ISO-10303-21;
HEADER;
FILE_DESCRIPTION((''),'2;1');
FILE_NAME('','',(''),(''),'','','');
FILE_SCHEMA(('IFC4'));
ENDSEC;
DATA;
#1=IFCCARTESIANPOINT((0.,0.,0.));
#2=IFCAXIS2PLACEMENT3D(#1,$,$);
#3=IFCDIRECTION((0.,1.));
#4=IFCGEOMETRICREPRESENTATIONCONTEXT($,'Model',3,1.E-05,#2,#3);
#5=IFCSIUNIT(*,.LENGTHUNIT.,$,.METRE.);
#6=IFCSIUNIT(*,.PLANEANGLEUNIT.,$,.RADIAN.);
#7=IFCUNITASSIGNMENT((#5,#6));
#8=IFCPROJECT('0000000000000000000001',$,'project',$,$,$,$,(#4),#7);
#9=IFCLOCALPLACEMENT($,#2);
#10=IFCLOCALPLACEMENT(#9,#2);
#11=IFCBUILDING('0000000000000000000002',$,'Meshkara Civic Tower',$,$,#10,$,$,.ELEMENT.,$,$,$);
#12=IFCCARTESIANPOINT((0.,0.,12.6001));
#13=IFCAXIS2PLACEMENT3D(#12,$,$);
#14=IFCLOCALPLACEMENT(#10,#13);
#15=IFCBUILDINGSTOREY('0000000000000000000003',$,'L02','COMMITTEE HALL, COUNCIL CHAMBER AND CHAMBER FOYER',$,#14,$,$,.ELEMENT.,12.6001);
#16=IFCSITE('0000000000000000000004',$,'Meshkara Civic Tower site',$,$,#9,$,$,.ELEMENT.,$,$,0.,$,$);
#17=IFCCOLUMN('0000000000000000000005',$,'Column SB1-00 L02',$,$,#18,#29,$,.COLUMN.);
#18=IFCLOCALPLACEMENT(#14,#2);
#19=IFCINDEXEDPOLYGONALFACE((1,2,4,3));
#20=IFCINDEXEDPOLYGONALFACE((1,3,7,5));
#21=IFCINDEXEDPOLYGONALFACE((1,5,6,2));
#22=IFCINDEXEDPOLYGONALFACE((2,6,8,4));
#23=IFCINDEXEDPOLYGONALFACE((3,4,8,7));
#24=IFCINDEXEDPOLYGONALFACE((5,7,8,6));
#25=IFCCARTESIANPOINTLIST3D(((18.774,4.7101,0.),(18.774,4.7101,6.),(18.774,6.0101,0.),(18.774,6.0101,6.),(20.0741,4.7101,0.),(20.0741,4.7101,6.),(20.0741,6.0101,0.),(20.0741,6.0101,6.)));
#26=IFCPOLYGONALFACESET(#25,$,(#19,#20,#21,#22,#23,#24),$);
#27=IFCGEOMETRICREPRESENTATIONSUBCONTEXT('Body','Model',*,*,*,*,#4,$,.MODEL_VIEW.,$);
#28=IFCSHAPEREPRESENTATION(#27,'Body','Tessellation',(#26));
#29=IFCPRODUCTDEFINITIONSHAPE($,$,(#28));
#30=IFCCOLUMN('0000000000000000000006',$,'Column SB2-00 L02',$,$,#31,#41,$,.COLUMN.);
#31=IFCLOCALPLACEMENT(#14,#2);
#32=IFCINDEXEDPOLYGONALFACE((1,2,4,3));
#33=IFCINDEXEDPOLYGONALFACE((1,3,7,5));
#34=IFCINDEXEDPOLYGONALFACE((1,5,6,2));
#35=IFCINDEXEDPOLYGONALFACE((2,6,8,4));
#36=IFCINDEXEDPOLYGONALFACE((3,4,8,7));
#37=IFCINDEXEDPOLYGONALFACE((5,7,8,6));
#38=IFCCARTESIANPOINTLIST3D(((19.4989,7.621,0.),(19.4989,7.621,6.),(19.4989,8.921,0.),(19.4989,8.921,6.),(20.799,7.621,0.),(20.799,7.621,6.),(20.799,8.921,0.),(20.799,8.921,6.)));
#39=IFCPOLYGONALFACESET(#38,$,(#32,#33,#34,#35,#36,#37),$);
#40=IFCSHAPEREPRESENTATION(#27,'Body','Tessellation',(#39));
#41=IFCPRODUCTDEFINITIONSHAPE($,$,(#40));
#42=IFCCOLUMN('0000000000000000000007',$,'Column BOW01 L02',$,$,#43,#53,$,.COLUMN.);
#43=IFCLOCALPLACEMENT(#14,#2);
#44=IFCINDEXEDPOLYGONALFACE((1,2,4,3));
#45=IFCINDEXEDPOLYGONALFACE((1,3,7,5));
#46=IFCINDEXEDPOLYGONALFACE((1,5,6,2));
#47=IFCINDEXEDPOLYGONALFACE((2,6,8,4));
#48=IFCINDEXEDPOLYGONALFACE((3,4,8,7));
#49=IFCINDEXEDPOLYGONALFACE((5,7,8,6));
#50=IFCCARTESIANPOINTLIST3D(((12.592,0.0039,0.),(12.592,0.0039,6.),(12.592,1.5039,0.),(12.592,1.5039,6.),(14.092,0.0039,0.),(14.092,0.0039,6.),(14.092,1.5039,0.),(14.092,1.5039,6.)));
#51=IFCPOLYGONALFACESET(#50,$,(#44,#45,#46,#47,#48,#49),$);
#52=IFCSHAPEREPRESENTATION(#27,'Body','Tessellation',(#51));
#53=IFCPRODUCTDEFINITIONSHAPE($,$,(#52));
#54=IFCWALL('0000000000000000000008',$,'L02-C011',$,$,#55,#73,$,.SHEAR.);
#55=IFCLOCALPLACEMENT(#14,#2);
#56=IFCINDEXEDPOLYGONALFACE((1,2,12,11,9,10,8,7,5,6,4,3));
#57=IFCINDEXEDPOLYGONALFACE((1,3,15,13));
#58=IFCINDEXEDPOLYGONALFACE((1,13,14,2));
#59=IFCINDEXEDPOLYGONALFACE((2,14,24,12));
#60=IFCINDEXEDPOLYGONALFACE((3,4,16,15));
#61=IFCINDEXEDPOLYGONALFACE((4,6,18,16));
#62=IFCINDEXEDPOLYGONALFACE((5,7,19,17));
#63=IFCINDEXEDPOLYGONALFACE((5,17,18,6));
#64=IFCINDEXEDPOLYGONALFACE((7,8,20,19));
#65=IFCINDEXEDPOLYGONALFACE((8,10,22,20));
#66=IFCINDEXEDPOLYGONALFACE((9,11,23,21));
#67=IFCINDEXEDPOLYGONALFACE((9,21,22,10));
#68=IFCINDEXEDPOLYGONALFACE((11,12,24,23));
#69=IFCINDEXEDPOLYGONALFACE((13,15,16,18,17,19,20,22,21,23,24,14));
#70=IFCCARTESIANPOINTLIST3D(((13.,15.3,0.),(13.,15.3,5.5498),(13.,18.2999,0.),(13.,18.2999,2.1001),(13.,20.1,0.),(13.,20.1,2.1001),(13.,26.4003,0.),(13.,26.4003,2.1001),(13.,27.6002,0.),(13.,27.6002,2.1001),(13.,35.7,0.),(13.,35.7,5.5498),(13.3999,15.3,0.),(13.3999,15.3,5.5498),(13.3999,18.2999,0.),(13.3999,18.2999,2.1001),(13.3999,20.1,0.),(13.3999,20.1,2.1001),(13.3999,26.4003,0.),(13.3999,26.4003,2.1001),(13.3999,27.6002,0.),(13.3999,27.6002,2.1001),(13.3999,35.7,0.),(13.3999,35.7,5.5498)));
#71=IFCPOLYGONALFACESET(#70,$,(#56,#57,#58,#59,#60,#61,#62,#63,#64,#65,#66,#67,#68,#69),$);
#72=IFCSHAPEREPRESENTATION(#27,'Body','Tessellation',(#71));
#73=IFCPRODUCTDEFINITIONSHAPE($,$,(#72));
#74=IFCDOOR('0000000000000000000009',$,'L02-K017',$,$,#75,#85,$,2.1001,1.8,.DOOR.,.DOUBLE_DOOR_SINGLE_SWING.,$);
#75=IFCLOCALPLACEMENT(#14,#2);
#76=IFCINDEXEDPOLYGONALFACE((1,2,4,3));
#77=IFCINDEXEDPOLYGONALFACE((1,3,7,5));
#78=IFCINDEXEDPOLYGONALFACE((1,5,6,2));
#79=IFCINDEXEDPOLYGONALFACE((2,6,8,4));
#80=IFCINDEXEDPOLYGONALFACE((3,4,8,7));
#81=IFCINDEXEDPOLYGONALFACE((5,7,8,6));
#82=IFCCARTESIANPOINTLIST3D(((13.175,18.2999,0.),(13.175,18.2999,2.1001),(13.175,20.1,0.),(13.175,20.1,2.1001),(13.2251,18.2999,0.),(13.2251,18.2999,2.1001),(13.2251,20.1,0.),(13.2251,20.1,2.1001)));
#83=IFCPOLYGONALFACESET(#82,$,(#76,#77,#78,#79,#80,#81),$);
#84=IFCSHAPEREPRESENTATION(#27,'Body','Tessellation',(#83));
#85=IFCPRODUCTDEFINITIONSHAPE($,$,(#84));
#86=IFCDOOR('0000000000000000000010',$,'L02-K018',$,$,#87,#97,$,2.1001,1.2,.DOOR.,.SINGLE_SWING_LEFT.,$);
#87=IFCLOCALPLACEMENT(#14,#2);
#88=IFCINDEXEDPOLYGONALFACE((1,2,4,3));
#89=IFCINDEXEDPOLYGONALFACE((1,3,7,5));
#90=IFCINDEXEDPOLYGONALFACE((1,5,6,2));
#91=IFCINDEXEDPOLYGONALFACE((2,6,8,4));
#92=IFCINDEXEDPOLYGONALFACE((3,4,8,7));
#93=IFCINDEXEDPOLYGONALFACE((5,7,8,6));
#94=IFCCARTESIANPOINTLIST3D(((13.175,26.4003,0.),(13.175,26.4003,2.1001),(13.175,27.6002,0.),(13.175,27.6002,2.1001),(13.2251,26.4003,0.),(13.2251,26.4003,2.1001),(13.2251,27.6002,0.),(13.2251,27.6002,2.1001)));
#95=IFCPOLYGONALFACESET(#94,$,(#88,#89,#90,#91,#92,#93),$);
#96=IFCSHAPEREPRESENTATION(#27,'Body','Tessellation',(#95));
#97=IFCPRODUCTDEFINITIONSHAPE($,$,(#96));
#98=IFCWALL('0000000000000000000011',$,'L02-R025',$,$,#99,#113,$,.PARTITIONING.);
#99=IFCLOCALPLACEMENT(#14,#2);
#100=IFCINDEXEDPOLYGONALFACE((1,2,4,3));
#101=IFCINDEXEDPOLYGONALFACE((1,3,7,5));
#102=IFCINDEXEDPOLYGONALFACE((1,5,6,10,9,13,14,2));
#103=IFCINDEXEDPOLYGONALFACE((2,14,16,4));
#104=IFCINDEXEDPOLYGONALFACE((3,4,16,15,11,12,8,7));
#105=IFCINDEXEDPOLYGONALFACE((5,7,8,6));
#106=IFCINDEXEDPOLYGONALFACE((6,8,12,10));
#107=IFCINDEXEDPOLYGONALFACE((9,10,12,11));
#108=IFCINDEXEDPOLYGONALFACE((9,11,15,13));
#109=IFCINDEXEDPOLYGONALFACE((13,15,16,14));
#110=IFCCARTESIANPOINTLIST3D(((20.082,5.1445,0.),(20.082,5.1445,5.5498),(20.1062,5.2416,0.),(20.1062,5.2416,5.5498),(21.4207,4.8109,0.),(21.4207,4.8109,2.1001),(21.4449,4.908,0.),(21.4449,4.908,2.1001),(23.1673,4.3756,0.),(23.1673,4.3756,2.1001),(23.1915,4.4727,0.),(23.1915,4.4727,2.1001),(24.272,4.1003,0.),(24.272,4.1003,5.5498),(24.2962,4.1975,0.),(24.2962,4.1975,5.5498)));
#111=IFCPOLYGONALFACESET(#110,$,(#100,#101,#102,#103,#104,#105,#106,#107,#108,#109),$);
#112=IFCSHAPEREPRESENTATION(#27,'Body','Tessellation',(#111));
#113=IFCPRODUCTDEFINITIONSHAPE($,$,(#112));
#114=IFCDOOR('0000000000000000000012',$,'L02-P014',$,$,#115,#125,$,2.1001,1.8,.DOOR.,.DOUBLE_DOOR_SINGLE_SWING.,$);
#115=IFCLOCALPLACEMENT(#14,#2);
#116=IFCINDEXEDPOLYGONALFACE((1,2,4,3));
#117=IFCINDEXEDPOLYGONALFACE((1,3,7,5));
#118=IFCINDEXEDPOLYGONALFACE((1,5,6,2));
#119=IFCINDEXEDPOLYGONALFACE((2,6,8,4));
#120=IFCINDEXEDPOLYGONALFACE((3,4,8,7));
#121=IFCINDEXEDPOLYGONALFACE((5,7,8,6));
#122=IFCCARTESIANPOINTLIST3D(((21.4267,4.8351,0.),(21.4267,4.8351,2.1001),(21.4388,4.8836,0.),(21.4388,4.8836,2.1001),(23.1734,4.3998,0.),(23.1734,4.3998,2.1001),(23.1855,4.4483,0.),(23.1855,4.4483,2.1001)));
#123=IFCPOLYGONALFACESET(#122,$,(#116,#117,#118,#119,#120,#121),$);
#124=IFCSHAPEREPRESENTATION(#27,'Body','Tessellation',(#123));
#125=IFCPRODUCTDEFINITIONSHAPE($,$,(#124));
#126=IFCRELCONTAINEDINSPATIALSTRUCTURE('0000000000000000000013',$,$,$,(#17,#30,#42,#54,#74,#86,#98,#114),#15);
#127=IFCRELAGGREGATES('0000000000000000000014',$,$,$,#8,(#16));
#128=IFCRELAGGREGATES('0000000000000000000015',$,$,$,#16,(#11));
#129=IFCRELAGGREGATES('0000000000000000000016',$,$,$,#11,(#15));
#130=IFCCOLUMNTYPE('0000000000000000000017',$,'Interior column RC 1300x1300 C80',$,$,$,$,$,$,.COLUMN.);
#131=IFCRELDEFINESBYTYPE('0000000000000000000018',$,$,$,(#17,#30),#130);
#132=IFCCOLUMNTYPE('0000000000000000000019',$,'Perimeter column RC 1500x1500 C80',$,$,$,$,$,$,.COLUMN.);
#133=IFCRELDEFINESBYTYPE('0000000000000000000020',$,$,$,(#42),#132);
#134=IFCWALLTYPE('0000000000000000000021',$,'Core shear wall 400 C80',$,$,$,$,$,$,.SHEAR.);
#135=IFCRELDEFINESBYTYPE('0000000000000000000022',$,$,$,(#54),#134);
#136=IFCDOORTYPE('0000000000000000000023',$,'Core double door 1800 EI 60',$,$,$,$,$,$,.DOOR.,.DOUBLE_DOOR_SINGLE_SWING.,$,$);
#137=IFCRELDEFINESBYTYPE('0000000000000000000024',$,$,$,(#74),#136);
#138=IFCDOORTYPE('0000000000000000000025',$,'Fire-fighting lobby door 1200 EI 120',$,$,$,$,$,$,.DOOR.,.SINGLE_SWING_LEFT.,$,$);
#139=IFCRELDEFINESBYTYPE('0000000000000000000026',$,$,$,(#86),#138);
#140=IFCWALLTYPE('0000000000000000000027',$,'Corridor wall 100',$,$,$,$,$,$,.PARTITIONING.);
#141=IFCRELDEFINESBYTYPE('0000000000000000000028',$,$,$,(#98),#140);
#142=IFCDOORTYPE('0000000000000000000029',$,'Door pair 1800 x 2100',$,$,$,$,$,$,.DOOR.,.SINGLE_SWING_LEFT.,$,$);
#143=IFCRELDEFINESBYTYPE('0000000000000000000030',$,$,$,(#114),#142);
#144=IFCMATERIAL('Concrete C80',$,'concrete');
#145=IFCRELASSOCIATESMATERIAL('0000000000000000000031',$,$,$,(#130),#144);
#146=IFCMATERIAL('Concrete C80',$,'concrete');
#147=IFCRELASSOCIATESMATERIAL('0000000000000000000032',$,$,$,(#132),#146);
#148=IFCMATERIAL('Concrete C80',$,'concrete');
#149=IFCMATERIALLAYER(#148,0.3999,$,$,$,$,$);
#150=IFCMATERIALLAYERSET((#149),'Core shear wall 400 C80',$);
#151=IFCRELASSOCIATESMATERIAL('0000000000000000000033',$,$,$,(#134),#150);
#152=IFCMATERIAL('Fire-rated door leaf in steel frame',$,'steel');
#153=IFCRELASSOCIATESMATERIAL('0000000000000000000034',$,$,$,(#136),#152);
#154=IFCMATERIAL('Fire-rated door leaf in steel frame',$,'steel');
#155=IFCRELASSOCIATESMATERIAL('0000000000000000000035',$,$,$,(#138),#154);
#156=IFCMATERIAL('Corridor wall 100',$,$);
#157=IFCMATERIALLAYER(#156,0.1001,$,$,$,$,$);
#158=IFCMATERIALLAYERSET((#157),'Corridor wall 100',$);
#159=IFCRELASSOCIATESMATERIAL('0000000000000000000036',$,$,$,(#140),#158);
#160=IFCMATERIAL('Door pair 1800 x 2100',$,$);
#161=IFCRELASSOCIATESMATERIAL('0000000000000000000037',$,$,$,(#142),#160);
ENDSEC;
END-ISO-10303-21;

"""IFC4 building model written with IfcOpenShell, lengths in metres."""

from ifc_helpers import new_model, si_unit, direction, frame, frame_2d, origin, origin_2d, place, context, subcontext, project, spatial, rectangle, extrude, material, layer, layer_set, material_profile, profile_set, type_object, element, fill, save


model = new_model("IFC4")

# Units and contexts
model_context = context("Model", 3, precision=1e-05, world=origin(), true_north=direction((0.0, 1.0)))
body_context = subcontext(model_context, "Body", "Model", "MODEL_VIEW")
ifc_project = project(units=[si_unit("LENGTHUNIT", "METRE"), si_unit("PLANEANGLEUNIT", "RADIAN")], contexts=[model_context])

# Site, building, storey
site_placement = place(None, origin())
site = spatial("IfcSite", under=ifc_project, at=site_placement, Name="Meshkara Civic Tower site", CompositionType="ELEMENT", RefElevation=0.0)
building_placement = place(site_placement, origin())
building = spatial("IfcBuilding", under=site, at=building_placement, Name="Meshkara Civic Tower", CompositionType="ELEMENT")
storey_placement = place(building_placement, frame((0.0, 0.0, 12.6001)))
storey = spatial("IfcBuildingStorey", under=building, at=storey_placement, Name="L02", Description="COMMITTEE HALL, COUNCIL CHAMBER AND CHAMBER FOYER", CompositionType="ELEMENT", Elevation=12.6001)

# Columns
ifc_material_1 = material(Name="Concrete C80", Category="concrete")
ifc_material_profile_1 = material_profile(ifc_material_1, rectangle(XDim=1.3, YDim=1.3, at=origin_2d()))
ifc_profile_set_1 = profile_set([ifc_material_profile_1], Name="Concrete C80")
column_type_1 = type_object("IfcColumnType", Name="Interior column RC 1300x1300 C80", PredefinedType="COLUMN", material=ifc_profile_set_1)
for number, where, z_axis, x_axis, name in (
    (1, (19.4241, 5.3601, 0.0), (0.0, 0.0, 1.0), (1.0, 0.0, 0.0), "Column SB1-00 L02"),
    (2, (20.1489, 8.271, 0.0), (0.0, 0.0, 1.0), (1.0, 0.0, 0.0), "Column SB2-00 L02"),
):
    element("IfcColumn", number, at=place(storey_placement, frame(where, z_axis=z_axis, x_axis=x_axis)), inside=storey, type_object=column_type_1, Name=name, PredefinedType="COLUMN", context=body_context, shape_type="SweptSolid", body=[
        extrude(rectangle(XDim=1.3, YDim=1.3, at=origin_2d()), origin(), (0.0, 0.0, 1.0), 6.0),
    ])
ifc_material_2 = material(Name="Concrete C80", Category="concrete")
ifc_material_profile_2 = material_profile(ifc_material_2, rectangle(XDim=1.5, YDim=1.5, at=origin_2d()))
ifc_profile_set_2 = profile_set([ifc_material_profile_2], Name="Concrete C80")
column_type_2 = type_object("IfcColumnType", Name="Perimeter column RC 1500x1500 C80", PredefinedType="COLUMN", material=ifc_profile_set_2)
column_placement = place(storey_placement, frame((13.342, 0.7539, 0.0), z_axis=(0.0, 0.0, 1.0), x_axis=(1.0, 0.0, 0.0)))
element("IfcColumn", 3, at=column_placement, inside=storey, type_object=column_type_2, Name="Column BOW01 L02", PredefinedType="COLUMN", context=body_context, shape_type="SweptSolid", body=[
    extrude(rectangle(XDim=1.5, YDim=1.5, at=origin_2d()), origin(), (0.0, 0.0, 1.0), 6.0),
])

# Wall, openings, doors
ifc_material_3 = material(Name="Concrete C80", Category="concrete")
ifc_layer_1 = layer(ifc_material_3, 0.3999)
ifc_layer_set_1 = layer_set([ifc_layer_1], Name="Core shear wall 400 C80")
wall_type_1 = type_object("IfcWallType", Name="Core shear wall 400 C80", PredefinedType="SHEAR", material=ifc_layer_set_1)
wall_1_placement = place(storey_placement, frame((13.2, 15.3, 0.0), z_axis=(0.0, 0.0, 1.0), x_axis=(0.0, 1.0, 0.0)))
wall_1 = element("IfcWall", 4, at=wall_1_placement, inside=storey, type_object=wall_type_1, Name="L02-C011", PredefinedType="SHEAR", context=body_context, shape_type="SweptSolid", body=[
    extrude(rectangle(XDim=20.3999, YDim=0.3999, at=frame_2d((10.2, 0.0))), origin(), (0.0, 0.0, 1.0), 5.5498),
])
opening_1_placement = place(wall_1_placement, frame((3.0, 0.0, 0.0)))
opening_1 = element("IfcOpeningElement", 5, at=opening_1_placement, cuts=wall_1, PredefinedType="OPENING", context=body_context, shape_type="SweptSolid", body=[
    extrude(rectangle(XDim=1.8, YDim=2.1001, at=frame_2d((0.8999, 1.05))), frame((0.0, 0.21, 0.0), z_axis=(0.0, -1.0, 0.0), x_axis=(1.0, 0.0, 0.0)), (0.0, 0.0, 1.0), 0.4199),
])
opening_2_placement = place(wall_1_placement, frame((11.1001, 0.0, 0.0)))
opening_2 = element("IfcOpeningElement", 6, at=opening_2_placement, cuts=wall_1, PredefinedType="OPENING", context=body_context, shape_type="SweptSolid", body=[
    extrude(rectangle(XDim=1.2, YDim=2.1001, at=frame_2d((0.6001, 1.05))), frame((0.0, 0.21, 0.0), z_axis=(0.0, -1.0, 0.0), x_axis=(1.0, 0.0, 0.0)), (0.0, 0.0, 1.0), 0.4199),
])
ifc_material_4 = material(Name="Fire-rated door leaf in steel frame", Category="steel")
door_type_1 = type_object("IfcDoorType", Name="Core double door 1800 EI 60", OperationType="DOUBLE_DOOR_SINGLE_SWING", PredefinedType="DOOR", material=ifc_material_4)
door_1_placement = place(opening_1_placement, origin())
door_1 = element("IfcDoor", 7, at=door_1_placement, inside=storey, type_object=door_type_1, Name="L02-K017", OperationType="DOUBLE_DOOR_SINGLE_SWING", OverallHeight=2.1001, OverallWidth=1.8, PredefinedType="DOOR", context=body_context, shape_type="SweptSolid", body=[
    extrude(rectangle(XDim=1.8, YDim=2.1001, at=frame_2d((0.8999, 1.05))), frame((0.0, 0.0249, 0.0), z_axis=(0.0, -1.0, 0.0), x_axis=(1.0, 0.0, 0.0)), (0.0, 0.0, 1.0), 0.05),
])
fill(opening_1, door_1)
ifc_material_5 = material(Name="Fire-rated door leaf in steel frame", Category="steel")
door_type_2 = type_object("IfcDoorType", Name="Fire-fighting lobby door 1200 EI 120", OperationType="SINGLE_SWING_LEFT", PredefinedType="DOOR", material=ifc_material_5)
door_2_placement = place(opening_2_placement, origin())
door_2 = element("IfcDoor", 8, at=door_2_placement, inside=storey, type_object=door_type_2, Name="L02-K018", OperationType="SINGLE_SWING_LEFT", OverallHeight=2.1001, OverallWidth=1.2, PredefinedType="DOOR", context=body_context, shape_type="SweptSolid", body=[
    extrude(rectangle(XDim=1.2, YDim=2.1001, at=frame_2d((0.6001, 1.05))), frame((0.0, 0.0249, 0.0), z_axis=(0.0, -1.0, 0.0), x_axis=(1.0, 0.0, 0.0)), (0.0, 0.0, 1.0), 0.05),
])
fill(opening_2, door_2)

# Wall, opening, door
ifc_material_6 = material(Name="Corridor wall 100")
ifc_layer_2 = layer(ifc_material_6, 0.1001)
ifc_layer_set_2 = layer_set([ifc_layer_2], Name="Corridor wall 100")
wall_type_2 = type_object("IfcWallType", Name="Corridor wall 100", PredefinedType="PARTITIONING", material=ifc_layer_set_2)
wall_2_placement = place(storey_placement, frame((20.094, 5.1931, 0.0), z_axis=(0.0, 0.0, 1.0), x_axis=(0.970322, -0.241817, 0.0)))
wall_2 = element("IfcWall", 9, at=wall_2_placement, inside=storey, type_object=wall_type_2, Name="L02-R025", PredefinedType="PARTITIONING", context=body_context, shape_type="SweptSolid", body=[
    extrude(rectangle(XDim=4.3181, YDim=0.1001, at=frame_2d((2.1592, 0.0))), origin(), (0.0, 0.0, 1.0), 5.5498),
])
opening_3_placement = place(wall_2_placement, frame((1.3799, 0.0, 0.0)))
opening_3 = element("IfcOpeningElement", 10, at=opening_3_placement, cuts=wall_2, PredefinedType="OPENING", context=body_context, shape_type="SweptSolid", body=[
    extrude(rectangle(XDim=1.8, YDim=2.1001, at=frame_2d((0.8999, 1.05))), frame((0.0, 0.0601, 0.0), z_axis=(0.0, -1.0, 0.0), x_axis=(1.0, 0.0, 0.0)), (0.0, 0.0, 1.0), 0.1201),
])
ifc_material_7 = material(Name="Door pair 1800 x 2100")
door_type_3 = type_object("IfcDoorType", Name="Door pair 1800 x 2100", OperationType="SINGLE_SWING_LEFT", PredefinedType="DOOR", material=ifc_material_7)
door_3_placement = place(opening_3_placement, origin())
door_3 = element("IfcDoor", 11, at=door_3_placement, inside=storey, type_object=door_type_3, Name="L02-P014", OperationType="DOUBLE_DOOR_SINGLE_SWING", OverallHeight=2.1001, OverallWidth=1.8, PredefinedType="DOOR", context=body_context, shape_type="SweptSolid", body=[
    extrude(rectangle(XDim=1.8, YDim=2.1001, at=frame_2d((0.8999, 1.05))), frame((0.0, 0.0249, 0.0), z_axis=(0.0, -1.0, 0.0), x_axis=(1.0, 0.0, 0.0)), (0.0, 0.0, 1.0), 0.05),
])
fill(opening_3, door_3)

save(model, "model.ifc")
